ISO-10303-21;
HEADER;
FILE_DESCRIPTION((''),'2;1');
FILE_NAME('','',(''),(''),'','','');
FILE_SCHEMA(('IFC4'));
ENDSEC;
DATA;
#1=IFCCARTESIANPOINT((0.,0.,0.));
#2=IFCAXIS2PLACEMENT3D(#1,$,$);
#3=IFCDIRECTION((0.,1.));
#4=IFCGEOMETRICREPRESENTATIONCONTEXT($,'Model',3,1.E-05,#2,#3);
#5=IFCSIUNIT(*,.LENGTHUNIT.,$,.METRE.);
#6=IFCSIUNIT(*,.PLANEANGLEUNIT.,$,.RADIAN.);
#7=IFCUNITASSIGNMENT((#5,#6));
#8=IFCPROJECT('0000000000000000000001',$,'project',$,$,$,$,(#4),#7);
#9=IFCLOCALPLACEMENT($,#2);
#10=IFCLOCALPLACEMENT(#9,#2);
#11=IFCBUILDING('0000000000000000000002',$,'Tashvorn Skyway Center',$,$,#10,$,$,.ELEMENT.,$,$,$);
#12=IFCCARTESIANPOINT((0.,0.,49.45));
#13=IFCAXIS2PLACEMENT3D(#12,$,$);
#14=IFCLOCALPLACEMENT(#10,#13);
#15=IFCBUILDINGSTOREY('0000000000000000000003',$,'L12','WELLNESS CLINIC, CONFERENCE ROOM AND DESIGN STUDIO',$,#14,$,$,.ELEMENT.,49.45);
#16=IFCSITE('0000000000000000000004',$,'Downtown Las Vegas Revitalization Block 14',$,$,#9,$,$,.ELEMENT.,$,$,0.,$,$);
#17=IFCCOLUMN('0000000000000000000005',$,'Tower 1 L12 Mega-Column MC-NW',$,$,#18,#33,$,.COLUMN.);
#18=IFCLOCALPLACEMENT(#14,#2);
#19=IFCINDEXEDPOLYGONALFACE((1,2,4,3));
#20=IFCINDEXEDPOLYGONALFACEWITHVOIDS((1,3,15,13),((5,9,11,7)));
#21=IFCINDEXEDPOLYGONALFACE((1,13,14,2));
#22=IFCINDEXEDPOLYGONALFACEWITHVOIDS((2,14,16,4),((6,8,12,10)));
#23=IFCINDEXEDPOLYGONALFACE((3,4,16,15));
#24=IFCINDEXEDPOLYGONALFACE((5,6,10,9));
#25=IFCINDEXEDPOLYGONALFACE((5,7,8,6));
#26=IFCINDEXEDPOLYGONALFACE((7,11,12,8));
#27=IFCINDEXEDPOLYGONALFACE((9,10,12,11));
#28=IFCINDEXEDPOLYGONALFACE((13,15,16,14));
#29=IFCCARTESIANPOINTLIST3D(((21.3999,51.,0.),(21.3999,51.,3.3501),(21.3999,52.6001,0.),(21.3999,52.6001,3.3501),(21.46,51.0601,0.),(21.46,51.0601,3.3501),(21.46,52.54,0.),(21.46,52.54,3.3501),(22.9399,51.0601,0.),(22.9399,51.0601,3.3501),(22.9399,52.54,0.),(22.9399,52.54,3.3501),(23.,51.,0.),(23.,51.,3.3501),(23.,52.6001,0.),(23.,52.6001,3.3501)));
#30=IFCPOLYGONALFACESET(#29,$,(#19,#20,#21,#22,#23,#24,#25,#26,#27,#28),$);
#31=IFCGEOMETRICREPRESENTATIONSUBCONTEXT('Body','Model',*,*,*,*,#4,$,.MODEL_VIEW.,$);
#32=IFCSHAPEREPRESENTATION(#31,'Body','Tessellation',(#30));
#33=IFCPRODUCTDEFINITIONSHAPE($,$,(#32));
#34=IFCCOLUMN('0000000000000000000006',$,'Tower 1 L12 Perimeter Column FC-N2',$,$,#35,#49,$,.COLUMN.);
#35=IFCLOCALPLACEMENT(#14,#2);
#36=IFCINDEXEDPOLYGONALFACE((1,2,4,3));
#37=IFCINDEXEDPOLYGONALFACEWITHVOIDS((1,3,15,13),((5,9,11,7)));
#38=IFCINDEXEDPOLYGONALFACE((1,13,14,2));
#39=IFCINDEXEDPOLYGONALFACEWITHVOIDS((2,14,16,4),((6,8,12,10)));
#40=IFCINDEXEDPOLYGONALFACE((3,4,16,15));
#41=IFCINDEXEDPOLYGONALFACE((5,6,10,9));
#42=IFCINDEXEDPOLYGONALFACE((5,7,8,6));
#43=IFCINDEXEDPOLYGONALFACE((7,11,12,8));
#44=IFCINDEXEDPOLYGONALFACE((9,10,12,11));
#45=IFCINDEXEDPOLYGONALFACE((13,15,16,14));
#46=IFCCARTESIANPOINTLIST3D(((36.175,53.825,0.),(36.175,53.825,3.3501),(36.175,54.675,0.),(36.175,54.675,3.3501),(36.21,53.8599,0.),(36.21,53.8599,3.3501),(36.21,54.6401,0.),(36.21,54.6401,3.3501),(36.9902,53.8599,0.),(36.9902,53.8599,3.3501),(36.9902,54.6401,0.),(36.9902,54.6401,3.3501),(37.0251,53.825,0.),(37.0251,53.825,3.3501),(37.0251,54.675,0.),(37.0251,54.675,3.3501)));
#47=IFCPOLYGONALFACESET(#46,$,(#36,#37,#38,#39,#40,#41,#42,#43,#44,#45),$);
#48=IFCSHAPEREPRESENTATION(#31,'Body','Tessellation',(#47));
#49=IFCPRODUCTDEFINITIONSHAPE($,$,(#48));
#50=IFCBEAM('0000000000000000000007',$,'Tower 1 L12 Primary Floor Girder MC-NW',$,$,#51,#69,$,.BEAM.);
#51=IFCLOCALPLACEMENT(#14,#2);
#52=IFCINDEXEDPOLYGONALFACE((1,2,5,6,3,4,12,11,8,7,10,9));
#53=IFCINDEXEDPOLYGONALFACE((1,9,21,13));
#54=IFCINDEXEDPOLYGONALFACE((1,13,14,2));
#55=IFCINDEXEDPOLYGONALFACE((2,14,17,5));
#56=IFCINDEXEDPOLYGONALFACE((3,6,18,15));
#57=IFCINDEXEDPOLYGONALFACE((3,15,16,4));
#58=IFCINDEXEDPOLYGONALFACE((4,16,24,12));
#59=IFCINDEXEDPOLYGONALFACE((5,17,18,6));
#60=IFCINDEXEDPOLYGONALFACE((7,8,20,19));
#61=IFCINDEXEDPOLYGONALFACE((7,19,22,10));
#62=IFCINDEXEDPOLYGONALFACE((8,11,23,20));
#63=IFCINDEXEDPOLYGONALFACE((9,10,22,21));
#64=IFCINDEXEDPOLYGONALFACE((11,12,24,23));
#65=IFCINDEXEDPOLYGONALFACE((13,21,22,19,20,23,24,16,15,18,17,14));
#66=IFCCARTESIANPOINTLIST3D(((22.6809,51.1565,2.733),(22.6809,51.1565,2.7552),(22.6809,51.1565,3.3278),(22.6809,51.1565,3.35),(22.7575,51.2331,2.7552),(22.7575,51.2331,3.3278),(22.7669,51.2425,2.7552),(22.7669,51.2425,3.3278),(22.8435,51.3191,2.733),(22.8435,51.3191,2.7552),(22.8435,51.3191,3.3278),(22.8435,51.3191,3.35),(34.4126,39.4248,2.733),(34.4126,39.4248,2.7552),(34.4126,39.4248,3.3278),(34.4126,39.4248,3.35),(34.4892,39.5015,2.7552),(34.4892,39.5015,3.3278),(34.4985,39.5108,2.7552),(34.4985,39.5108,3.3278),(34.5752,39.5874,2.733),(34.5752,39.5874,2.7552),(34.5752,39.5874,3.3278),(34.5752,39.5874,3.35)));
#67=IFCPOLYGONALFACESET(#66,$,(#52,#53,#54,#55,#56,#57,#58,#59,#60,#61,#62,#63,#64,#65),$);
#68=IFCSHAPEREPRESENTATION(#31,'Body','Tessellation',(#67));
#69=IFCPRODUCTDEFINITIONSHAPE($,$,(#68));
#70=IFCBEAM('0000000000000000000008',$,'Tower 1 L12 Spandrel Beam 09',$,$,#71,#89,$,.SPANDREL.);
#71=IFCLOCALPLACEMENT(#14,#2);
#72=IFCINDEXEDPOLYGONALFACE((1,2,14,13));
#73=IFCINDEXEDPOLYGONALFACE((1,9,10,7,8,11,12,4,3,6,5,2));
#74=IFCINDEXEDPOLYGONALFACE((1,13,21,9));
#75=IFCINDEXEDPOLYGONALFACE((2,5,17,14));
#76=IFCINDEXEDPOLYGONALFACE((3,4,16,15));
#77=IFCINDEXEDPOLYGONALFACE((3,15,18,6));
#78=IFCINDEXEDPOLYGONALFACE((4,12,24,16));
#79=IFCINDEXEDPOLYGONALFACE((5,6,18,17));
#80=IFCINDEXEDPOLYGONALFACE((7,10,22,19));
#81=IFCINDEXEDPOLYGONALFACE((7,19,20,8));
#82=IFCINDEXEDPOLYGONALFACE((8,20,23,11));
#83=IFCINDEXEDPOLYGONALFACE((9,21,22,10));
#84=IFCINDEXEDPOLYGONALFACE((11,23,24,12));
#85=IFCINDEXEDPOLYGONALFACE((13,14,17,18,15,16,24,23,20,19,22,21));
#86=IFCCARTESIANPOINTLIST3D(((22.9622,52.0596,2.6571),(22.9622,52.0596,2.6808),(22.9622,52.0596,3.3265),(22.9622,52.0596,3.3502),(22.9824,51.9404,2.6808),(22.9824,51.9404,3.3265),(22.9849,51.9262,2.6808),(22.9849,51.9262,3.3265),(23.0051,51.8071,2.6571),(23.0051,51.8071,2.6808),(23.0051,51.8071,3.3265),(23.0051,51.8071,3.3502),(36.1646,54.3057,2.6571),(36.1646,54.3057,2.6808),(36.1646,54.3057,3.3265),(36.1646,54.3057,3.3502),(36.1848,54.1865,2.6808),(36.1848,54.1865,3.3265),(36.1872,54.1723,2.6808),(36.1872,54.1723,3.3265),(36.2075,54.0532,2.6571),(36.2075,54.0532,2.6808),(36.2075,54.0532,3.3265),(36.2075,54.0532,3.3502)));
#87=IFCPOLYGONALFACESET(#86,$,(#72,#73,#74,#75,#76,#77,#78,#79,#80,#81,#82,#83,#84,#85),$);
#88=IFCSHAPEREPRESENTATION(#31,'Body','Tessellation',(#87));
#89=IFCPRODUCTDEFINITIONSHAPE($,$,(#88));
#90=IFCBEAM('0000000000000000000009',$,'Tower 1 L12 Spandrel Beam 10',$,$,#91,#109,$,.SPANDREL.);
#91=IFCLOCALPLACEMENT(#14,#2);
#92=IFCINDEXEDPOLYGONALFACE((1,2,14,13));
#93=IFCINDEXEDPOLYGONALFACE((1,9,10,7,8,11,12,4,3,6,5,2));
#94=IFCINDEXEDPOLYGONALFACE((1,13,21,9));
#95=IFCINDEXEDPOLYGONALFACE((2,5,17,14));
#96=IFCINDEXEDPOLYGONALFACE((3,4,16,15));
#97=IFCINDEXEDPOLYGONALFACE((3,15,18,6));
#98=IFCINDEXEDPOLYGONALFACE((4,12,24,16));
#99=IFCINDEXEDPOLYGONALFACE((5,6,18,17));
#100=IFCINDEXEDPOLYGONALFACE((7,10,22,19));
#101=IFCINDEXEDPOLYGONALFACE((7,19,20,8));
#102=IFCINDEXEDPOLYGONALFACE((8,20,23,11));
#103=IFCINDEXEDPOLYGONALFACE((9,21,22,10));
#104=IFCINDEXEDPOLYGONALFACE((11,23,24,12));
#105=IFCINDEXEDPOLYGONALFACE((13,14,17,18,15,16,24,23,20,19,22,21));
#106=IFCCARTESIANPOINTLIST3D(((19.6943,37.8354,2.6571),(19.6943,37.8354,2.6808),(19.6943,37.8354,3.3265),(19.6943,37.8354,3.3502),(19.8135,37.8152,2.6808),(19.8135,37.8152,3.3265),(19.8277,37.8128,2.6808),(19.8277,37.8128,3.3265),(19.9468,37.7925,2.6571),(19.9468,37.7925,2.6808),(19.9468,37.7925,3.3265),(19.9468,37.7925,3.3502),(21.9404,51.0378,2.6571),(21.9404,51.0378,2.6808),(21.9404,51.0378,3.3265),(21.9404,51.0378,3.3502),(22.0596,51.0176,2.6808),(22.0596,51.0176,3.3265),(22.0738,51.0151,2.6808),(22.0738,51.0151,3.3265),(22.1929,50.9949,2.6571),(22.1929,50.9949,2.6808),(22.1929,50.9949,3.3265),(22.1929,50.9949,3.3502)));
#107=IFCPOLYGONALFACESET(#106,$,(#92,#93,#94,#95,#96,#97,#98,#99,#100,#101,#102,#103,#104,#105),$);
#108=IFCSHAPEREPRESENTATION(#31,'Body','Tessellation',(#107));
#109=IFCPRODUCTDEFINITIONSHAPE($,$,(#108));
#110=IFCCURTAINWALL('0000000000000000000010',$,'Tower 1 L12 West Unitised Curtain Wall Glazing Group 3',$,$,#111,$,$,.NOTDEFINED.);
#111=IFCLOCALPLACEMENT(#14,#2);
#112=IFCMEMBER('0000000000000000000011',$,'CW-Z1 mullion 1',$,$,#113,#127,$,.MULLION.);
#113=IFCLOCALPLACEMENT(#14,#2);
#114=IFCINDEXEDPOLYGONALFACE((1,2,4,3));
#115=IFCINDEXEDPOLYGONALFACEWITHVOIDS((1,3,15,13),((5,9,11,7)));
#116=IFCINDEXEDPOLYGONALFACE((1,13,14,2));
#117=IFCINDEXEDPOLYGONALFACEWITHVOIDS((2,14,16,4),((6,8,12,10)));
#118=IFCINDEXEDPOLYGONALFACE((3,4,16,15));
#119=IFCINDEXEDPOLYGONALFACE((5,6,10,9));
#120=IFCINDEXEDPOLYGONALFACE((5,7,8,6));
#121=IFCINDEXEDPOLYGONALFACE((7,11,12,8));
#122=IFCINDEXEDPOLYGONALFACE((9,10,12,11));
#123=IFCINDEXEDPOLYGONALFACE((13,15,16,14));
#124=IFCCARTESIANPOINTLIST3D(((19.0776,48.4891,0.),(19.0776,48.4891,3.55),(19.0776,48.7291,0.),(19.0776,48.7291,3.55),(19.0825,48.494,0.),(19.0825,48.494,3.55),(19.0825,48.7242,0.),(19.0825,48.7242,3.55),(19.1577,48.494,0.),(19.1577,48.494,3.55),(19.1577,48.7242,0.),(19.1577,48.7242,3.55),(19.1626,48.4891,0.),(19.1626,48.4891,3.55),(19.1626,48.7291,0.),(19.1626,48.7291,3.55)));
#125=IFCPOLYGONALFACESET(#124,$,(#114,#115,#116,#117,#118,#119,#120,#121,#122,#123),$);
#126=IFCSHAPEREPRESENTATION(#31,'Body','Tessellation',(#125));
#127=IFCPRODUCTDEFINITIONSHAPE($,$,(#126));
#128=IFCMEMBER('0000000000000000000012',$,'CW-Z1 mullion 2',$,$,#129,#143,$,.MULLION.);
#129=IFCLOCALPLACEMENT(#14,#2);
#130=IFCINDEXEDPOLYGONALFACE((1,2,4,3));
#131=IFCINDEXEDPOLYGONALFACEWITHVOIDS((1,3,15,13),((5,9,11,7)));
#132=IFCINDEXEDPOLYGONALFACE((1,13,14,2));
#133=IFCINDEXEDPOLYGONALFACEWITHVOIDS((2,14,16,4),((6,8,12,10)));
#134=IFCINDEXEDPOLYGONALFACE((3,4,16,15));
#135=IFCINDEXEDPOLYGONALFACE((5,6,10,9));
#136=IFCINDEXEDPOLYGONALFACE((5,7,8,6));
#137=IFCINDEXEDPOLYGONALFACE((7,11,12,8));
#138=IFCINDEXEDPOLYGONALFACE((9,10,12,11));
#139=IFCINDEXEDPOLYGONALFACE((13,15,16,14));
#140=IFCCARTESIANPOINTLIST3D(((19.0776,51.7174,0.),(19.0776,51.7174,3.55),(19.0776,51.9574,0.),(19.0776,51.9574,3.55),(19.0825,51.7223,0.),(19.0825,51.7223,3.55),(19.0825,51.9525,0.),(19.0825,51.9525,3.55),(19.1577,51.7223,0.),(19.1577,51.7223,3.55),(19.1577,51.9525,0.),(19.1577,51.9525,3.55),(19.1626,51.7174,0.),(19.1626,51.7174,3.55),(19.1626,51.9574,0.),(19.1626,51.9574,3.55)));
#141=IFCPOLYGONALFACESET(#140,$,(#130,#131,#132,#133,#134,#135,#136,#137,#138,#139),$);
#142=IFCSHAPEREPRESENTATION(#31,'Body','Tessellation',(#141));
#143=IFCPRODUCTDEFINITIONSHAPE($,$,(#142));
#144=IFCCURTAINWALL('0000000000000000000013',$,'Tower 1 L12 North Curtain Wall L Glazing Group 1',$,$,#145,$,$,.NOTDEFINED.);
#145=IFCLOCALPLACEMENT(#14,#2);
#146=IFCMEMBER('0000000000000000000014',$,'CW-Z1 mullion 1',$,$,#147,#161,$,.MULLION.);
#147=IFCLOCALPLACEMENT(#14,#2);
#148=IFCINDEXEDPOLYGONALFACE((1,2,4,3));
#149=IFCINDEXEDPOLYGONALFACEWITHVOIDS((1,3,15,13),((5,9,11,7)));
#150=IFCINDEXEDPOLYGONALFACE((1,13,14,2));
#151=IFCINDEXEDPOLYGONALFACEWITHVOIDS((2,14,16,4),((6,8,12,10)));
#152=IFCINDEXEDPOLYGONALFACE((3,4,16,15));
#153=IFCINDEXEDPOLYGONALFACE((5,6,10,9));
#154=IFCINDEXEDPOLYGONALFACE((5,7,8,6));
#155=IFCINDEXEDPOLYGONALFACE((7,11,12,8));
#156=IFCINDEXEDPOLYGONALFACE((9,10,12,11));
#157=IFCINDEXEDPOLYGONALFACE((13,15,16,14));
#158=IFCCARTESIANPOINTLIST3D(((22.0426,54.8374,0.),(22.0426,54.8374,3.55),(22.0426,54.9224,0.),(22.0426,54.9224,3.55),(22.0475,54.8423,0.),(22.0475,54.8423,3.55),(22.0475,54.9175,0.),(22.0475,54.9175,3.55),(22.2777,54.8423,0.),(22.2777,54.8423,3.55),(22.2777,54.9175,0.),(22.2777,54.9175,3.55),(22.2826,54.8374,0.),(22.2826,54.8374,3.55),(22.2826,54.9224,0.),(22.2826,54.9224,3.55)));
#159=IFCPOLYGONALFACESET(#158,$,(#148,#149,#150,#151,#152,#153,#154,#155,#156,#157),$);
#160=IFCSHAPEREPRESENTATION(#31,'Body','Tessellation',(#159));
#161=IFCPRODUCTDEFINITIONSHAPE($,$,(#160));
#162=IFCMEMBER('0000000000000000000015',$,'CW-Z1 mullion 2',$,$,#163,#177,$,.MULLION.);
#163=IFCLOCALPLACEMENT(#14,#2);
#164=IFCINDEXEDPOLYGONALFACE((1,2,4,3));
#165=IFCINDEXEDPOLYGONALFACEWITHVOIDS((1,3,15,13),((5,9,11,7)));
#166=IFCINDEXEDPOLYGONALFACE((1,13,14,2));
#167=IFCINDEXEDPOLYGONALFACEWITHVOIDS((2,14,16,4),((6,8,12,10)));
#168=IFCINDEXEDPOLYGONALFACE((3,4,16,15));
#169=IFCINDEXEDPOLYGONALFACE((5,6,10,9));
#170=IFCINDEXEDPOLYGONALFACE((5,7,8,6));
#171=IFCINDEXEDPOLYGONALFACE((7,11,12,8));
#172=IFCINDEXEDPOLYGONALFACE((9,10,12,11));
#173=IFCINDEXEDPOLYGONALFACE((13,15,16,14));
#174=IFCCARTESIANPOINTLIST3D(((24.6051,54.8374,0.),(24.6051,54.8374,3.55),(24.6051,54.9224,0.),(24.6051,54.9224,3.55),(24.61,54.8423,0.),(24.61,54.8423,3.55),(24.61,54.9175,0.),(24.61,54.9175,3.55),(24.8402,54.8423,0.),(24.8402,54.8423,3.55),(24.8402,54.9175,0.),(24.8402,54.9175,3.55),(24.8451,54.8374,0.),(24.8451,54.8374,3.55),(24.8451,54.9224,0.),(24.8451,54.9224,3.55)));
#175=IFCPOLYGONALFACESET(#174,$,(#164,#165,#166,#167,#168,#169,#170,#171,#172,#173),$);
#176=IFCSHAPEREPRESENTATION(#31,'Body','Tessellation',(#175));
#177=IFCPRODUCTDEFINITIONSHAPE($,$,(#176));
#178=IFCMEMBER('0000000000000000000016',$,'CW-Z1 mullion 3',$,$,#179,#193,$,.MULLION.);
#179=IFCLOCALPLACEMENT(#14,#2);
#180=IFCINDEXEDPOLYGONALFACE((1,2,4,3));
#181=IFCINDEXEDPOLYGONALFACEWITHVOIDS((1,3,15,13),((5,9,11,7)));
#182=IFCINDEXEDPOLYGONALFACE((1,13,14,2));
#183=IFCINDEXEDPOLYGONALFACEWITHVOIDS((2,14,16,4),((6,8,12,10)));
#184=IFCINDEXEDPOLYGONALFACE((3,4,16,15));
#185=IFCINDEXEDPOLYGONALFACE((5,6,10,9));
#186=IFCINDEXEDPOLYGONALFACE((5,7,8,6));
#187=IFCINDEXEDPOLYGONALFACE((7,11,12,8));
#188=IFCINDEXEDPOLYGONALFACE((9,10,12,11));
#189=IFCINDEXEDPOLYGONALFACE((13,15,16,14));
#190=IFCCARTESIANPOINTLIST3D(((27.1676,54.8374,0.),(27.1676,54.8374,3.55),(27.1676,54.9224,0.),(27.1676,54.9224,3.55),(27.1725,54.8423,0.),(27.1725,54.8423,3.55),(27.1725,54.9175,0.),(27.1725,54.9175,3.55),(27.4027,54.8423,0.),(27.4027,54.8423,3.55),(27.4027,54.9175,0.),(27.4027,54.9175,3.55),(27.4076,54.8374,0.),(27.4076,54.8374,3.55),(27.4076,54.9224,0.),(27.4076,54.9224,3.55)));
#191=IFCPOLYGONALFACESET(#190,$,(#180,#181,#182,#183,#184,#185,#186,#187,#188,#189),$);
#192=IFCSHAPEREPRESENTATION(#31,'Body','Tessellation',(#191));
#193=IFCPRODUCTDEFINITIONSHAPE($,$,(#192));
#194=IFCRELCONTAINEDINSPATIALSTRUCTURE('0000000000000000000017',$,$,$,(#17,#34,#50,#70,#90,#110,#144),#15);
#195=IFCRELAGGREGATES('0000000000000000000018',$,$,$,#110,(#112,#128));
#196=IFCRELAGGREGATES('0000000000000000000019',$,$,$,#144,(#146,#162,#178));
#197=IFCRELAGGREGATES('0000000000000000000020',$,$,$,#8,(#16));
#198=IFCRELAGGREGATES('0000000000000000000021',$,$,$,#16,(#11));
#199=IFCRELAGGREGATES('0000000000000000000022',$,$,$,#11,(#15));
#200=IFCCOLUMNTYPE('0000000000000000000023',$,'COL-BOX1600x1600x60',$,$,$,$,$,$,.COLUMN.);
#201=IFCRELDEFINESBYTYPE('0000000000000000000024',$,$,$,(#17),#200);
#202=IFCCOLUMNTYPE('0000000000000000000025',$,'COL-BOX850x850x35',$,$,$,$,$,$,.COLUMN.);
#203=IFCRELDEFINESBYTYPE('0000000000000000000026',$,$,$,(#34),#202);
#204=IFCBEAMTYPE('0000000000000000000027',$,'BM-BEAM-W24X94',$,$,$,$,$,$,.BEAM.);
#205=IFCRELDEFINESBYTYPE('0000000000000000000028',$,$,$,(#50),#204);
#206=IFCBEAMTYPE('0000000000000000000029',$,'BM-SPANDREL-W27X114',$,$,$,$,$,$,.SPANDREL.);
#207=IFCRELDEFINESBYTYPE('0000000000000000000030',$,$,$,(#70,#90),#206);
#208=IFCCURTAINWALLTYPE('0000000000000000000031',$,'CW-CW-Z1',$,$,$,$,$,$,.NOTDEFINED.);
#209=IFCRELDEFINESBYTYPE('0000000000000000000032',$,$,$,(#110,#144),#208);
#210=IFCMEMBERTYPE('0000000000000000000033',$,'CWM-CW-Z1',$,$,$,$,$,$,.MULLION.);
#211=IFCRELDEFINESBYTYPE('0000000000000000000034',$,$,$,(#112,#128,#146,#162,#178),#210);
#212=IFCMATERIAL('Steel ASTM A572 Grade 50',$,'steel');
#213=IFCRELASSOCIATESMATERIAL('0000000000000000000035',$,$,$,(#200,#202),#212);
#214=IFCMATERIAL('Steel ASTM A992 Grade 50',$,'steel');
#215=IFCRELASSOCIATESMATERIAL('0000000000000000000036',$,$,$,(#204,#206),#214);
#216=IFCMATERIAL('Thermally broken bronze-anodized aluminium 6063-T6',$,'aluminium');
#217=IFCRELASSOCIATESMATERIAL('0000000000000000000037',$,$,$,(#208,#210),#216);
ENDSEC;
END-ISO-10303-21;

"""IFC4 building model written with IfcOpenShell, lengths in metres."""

from ifc_helpers import new_model, si_unit, direction, frame, origin, origin_2d, place, context, subcontext, project, spatial, hollow_rectangle, i_section, extrude, material, material_profile, profile_set, type_object, element, aggregate, save


model = new_model("IFC4")

# Units and contexts
model_context = context("Model", 3, precision=1e-05, world=origin(), true_north=direction((0.0, 1.0)))
body_context = subcontext(model_context, "Body", "Model", "MODEL_VIEW")
ifc_project = project(units=[si_unit("LENGTHUNIT", "METRE"), si_unit("PLANEANGLEUNIT", "RADIAN")], contexts=[model_context])

# Site, building, storey
site_placement = place(None, origin())
site = spatial("IfcSite", under=ifc_project, at=site_placement, Name="Downtown Las Vegas Revitalization Block 14", CompositionType="ELEMENT", RefElevation=0.0)
building_placement = place(site_placement, origin())
building = spatial("IfcBuilding", under=site, at=building_placement, Name="Tashvorn Skyway Center", CompositionType="ELEMENT")
storey_placement = place(building_placement, frame((0.0, 0.0, 49.45)))
storey = spatial("IfcBuildingStorey", under=building, at=storey_placement, Name="L12", Description="WELLNESS CLINIC, CONFERENCE ROOM AND DESIGN STUDIO", CompositionType="ELEMENT", Elevation=49.45)

# Columns
ifc_material_1 = material(Name="Steel ASTM A572 Grade 50", Category="steel")
ifc_material_profile_1 = material_profile(ifc_material_1, hollow_rectangle(XDim=1.6001, YDim=1.6001, WallThickness=0.0601, at=origin_2d()), Name="BOX1600x1600x60")
ifc_profile_set_1 = profile_set([ifc_material_profile_1], Name="Steel ASTM A572 Grade 50")
column_type_1 = type_object("IfcColumnType", Name="COL-BOX1600x1600x60", PredefinedType="COLUMN", material=ifc_profile_set_1)
column_1_placement = place(storey_placement, frame((22.2, 51.8, 0.0), z_axis=(0.0, 0.0, 1.0), x_axis=(1.0, 0.0, 0.0)))
element("IfcColumn", 1, at=column_1_placement, inside=storey, type_object=column_type_1, Name="Tower 1 L12 Mega-Column MC-NW", PredefinedType="COLUMN", context=body_context, shape_type="SweptSolid", body=[
    extrude(hollow_rectangle(XDim=1.6001, YDim=1.6001, WallThickness=0.0601, at=origin_2d()), origin(), (0.0, 0.0, 1.0), 3.3501),
])
ifc_material_profile_2 = material_profile(ifc_material_1, hollow_rectangle(XDim=0.8501, YDim=0.8501, WallThickness=0.0349, at=origin_2d()), Name="BOX850x850x35")
ifc_profile_set_2 = profile_set([ifc_material_profile_2], Name="Steel ASTM A572 Grade 50")
column_type_2 = type_object("IfcColumnType", Name="COL-BOX850x850x35", PredefinedType="COLUMN", material=ifc_profile_set_2)
column_2_placement = place(storey_placement, frame((36.6001, 54.25, 0.0), z_axis=(0.0, 0.0, 1.0), x_axis=(1.0, 0.0, 0.0)))
element("IfcColumn", 2, at=column_2_placement, inside=storey, type_object=column_type_2, Name="Tower 1 L12 Perimeter Column FC-N2", PredefinedType="COLUMN", context=body_context, shape_type="SweptSolid", body=[
    extrude(hollow_rectangle(XDim=0.8501, YDim=0.8501, WallThickness=0.0349, at=origin_2d()), origin(), (0.0, 0.0, 1.0), 3.3501),
])

# Beams
ifc_material_2 = material(Name="Steel ASTM A992 Grade 50", Category="steel")
ifc_material_profile_3 = material_profile(ifc_material_2, i_section(OverallWidth=0.23, OverallDepth=0.6169, WebThickness=0.0132, FlangeThickness=0.0222, at=origin_2d()), Name="W24X94")
ifc_profile_set_3 = profile_set([ifc_material_profile_3], Name="Steel ASTM A992 Grade 50")
beam_type_1 = type_object("IfcBeamType", Name="BM-BEAM-W24X94", PredefinedType="BEAM", material=ifc_profile_set_3)
beam_placement = place(storey_placement, frame((22.7622, 51.2378, 3.0415), z_axis=(0.707107, -0.707107, 0.0), x_axis=(0.707107, 0.707107, 0.0)))
element("IfcBeam", 3, at=beam_placement, inside=storey, type_object=beam_type_1, Name="Tower 1 L12 Primary Floor Girder MC-NW", PredefinedType="BEAM", context=body_context, shape_type="SweptSolid", body=[
    extrude(i_section(OverallWidth=0.23, OverallDepth=0.6169, WebThickness=0.0132, FlangeThickness=0.0222, at=origin_2d()), origin(), (0.0, 0.0, 1.0), 16.5911),
])
ifc_material_profile_4 = material_profile(ifc_material_2, i_section(OverallWidth=0.2561, OverallDepth=0.6931, WebThickness=0.0144, FlangeThickness=0.0237, at=origin_2d()), Name="W27X114")
ifc_profile_set_4 = profile_set([ifc_material_profile_4], Name="Steel ASTM A992 Grade 50")
beam_type_2 = type_object("IfcBeamType", Name="BM-SPANDREL-W27X114", PredefinedType="SPANDREL", material=ifc_profile_set_4)
for number, where, z_axis, x_axis, name in (
    (4, (36.186, 54.1794, 3.0037), (-0.985835, -0.167718, 0.0), (0.167718, -0.985835, 0.0), "Tower 1 L12 Spandrel Beam 09"),
    (5, (22.0667, 51.0164, 3.0037), (-0.167718, -0.985835, 0.0), (0.985835, -0.167718, 0.0), "Tower 1 L12 Spandrel Beam 10"),
):
    element("IfcBeam", number, at=place(storey_placement, frame(where, z_axis=z_axis, x_axis=x_axis)), inside=storey, type_object=beam_type_2, Name=name, PredefinedType="SPANDREL", context=body_context, shape_type="SweptSolid", body=[
        extrude(i_section(OverallWidth=0.2561, OverallDepth=0.6931, WebThickness=0.0144, FlangeThickness=0.0237, at=origin_2d()), origin(), (0.0, 0.0, 1.0), 13.3921),
    ])

# Curtain walls, members
ifc_material_3 = material(Name="Thermally broken bronze-anodized aluminium 6063-T6", Category="aluminium")
curtain_wall_type = type_object("IfcCurtainWallType", Name="CW-CW-Z1", PredefinedType="NOTDEFINED", material=ifc_material_3)
curtain_wall_1_placement = place(storey_placement, origin())
curtain_wall_1 = element("IfcCurtainWall", 6, at=curtain_wall_1_placement, inside=storey, type_object=curtain_wall_type, Name="Tower 1 L12 West Unitised Curtain Wall Glazing Group 3", PredefinedType="NOTDEFINED")
ifc_material_profile_5 = material_profile(ifc_material_3, hollow_rectangle(XDim=0.085, YDim=0.24, WallThickness=0.0049, at=origin_2d()), Name="ALU-MULL-85x240")
ifc_profile_set_5 = profile_set([ifc_material_profile_5], Name="Thermally broken bronze-anodized aluminium 6063-T6")
member_type_1 = type_object("IfcMemberType", Name="CWM-CW-Z1", PredefinedType="MULLION", material=ifc_profile_set_5)
member_1_placement = place(storey_placement, frame((19.1201, 48.6091, 0.0), z_axis=(0.0, 0.0, 1.0), x_axis=(-1.0, 0.0, 0.0)))
member_1 = element("IfcMember", 7, at=member_1_placement, type_object=member_type_1, Name="CW-Z1 mullion 1", PredefinedType="MULLION", context=body_context, shape_type="SweptSolid", body=[
    extrude(hollow_rectangle(XDim=0.085, YDim=0.24, WallThickness=0.0049, at=origin_2d()), origin(), (0.0, 0.0, 1.0), 3.55),
])
member_2_placement = place(storey_placement, frame((19.1201, 51.8374, 0.0), z_axis=(0.0, 0.0, 1.0), x_axis=(-1.0, 0.0, 0.0)))
member_2 = element("IfcMember", 8, at=member_2_placement, type_object=member_type_1, Name="CW-Z1 mullion 2", PredefinedType="MULLION", context=body_context, shape_type="SweptSolid", body=[
    extrude(hollow_rectangle(XDim=0.085, YDim=0.24, WallThickness=0.0049, at=origin_2d()), origin(), (0.0, 0.0, 1.0), 3.55),
])
curtain_wall_2_placement = place(storey_placement, origin())
curtain_wall_2 = element("IfcCurtainWall", 9, at=curtain_wall_2_placement, inside=storey, type_object=curtain_wall_type, Name="Tower 1 L12 North Curtain Wall L Glazing Group 1", PredefinedType="NOTDEFINED")
member_3_placement = place(storey_placement, frame((22.1626, 54.8799, 0.0), z_axis=(0.0, 0.0, 1.0), x_axis=(0.0, 1.0, 0.0)))
member_3 = element("IfcMember", 10, at=member_3_placement, type_object=member_type_1, Name="CW-Z1 mullion 1", PredefinedType="MULLION", context=body_context, shape_type="SweptSolid", body=[
    extrude(hollow_rectangle(XDim=0.085, YDim=0.24, WallThickness=0.0049, at=origin_2d()), origin(), (0.0, 0.0, 1.0), 3.55),
])
member_4_placement = place(storey_placement, frame((24.7251, 54.8799, 0.0), z_axis=(0.0, 0.0, 1.0), x_axis=(0.0, 1.0, 0.0)))
member_4 = element("IfcMember", 11, at=member_4_placement, type_object=member_type_1, Name="CW-Z1 mullion 2", PredefinedType="MULLION", context=body_context, shape_type="SweptSolid", body=[
    extrude(hollow_rectangle(XDim=0.085, YDim=0.24, WallThickness=0.0049, at=origin_2d()), origin(), (0.0, 0.0, 1.0), 3.55),
])
member_5_placement = place(storey_placement, frame((27.2876, 54.8799, 0.0), z_axis=(0.0, 0.0, 1.0), x_axis=(0.0, 1.0, 0.0)))
member_5 = element("IfcMember", 12, at=member_5_placement, type_object=member_type_1, Name="CW-Z1 mullion 3", PredefinedType="MULLION", context=body_context, shape_type="SweptSolid", body=[
    extrude(hollow_rectangle(XDim=0.085, YDim=0.24, WallThickness=0.0049, at=origin_2d()), origin(), (0.0, 0.0, 1.0), 3.55),
])

aggregate(curtain_wall_1, [member_1, member_2])
aggregate(curtain_wall_2, [member_3, member_4, member_5])

save(model, "model.ifc")
